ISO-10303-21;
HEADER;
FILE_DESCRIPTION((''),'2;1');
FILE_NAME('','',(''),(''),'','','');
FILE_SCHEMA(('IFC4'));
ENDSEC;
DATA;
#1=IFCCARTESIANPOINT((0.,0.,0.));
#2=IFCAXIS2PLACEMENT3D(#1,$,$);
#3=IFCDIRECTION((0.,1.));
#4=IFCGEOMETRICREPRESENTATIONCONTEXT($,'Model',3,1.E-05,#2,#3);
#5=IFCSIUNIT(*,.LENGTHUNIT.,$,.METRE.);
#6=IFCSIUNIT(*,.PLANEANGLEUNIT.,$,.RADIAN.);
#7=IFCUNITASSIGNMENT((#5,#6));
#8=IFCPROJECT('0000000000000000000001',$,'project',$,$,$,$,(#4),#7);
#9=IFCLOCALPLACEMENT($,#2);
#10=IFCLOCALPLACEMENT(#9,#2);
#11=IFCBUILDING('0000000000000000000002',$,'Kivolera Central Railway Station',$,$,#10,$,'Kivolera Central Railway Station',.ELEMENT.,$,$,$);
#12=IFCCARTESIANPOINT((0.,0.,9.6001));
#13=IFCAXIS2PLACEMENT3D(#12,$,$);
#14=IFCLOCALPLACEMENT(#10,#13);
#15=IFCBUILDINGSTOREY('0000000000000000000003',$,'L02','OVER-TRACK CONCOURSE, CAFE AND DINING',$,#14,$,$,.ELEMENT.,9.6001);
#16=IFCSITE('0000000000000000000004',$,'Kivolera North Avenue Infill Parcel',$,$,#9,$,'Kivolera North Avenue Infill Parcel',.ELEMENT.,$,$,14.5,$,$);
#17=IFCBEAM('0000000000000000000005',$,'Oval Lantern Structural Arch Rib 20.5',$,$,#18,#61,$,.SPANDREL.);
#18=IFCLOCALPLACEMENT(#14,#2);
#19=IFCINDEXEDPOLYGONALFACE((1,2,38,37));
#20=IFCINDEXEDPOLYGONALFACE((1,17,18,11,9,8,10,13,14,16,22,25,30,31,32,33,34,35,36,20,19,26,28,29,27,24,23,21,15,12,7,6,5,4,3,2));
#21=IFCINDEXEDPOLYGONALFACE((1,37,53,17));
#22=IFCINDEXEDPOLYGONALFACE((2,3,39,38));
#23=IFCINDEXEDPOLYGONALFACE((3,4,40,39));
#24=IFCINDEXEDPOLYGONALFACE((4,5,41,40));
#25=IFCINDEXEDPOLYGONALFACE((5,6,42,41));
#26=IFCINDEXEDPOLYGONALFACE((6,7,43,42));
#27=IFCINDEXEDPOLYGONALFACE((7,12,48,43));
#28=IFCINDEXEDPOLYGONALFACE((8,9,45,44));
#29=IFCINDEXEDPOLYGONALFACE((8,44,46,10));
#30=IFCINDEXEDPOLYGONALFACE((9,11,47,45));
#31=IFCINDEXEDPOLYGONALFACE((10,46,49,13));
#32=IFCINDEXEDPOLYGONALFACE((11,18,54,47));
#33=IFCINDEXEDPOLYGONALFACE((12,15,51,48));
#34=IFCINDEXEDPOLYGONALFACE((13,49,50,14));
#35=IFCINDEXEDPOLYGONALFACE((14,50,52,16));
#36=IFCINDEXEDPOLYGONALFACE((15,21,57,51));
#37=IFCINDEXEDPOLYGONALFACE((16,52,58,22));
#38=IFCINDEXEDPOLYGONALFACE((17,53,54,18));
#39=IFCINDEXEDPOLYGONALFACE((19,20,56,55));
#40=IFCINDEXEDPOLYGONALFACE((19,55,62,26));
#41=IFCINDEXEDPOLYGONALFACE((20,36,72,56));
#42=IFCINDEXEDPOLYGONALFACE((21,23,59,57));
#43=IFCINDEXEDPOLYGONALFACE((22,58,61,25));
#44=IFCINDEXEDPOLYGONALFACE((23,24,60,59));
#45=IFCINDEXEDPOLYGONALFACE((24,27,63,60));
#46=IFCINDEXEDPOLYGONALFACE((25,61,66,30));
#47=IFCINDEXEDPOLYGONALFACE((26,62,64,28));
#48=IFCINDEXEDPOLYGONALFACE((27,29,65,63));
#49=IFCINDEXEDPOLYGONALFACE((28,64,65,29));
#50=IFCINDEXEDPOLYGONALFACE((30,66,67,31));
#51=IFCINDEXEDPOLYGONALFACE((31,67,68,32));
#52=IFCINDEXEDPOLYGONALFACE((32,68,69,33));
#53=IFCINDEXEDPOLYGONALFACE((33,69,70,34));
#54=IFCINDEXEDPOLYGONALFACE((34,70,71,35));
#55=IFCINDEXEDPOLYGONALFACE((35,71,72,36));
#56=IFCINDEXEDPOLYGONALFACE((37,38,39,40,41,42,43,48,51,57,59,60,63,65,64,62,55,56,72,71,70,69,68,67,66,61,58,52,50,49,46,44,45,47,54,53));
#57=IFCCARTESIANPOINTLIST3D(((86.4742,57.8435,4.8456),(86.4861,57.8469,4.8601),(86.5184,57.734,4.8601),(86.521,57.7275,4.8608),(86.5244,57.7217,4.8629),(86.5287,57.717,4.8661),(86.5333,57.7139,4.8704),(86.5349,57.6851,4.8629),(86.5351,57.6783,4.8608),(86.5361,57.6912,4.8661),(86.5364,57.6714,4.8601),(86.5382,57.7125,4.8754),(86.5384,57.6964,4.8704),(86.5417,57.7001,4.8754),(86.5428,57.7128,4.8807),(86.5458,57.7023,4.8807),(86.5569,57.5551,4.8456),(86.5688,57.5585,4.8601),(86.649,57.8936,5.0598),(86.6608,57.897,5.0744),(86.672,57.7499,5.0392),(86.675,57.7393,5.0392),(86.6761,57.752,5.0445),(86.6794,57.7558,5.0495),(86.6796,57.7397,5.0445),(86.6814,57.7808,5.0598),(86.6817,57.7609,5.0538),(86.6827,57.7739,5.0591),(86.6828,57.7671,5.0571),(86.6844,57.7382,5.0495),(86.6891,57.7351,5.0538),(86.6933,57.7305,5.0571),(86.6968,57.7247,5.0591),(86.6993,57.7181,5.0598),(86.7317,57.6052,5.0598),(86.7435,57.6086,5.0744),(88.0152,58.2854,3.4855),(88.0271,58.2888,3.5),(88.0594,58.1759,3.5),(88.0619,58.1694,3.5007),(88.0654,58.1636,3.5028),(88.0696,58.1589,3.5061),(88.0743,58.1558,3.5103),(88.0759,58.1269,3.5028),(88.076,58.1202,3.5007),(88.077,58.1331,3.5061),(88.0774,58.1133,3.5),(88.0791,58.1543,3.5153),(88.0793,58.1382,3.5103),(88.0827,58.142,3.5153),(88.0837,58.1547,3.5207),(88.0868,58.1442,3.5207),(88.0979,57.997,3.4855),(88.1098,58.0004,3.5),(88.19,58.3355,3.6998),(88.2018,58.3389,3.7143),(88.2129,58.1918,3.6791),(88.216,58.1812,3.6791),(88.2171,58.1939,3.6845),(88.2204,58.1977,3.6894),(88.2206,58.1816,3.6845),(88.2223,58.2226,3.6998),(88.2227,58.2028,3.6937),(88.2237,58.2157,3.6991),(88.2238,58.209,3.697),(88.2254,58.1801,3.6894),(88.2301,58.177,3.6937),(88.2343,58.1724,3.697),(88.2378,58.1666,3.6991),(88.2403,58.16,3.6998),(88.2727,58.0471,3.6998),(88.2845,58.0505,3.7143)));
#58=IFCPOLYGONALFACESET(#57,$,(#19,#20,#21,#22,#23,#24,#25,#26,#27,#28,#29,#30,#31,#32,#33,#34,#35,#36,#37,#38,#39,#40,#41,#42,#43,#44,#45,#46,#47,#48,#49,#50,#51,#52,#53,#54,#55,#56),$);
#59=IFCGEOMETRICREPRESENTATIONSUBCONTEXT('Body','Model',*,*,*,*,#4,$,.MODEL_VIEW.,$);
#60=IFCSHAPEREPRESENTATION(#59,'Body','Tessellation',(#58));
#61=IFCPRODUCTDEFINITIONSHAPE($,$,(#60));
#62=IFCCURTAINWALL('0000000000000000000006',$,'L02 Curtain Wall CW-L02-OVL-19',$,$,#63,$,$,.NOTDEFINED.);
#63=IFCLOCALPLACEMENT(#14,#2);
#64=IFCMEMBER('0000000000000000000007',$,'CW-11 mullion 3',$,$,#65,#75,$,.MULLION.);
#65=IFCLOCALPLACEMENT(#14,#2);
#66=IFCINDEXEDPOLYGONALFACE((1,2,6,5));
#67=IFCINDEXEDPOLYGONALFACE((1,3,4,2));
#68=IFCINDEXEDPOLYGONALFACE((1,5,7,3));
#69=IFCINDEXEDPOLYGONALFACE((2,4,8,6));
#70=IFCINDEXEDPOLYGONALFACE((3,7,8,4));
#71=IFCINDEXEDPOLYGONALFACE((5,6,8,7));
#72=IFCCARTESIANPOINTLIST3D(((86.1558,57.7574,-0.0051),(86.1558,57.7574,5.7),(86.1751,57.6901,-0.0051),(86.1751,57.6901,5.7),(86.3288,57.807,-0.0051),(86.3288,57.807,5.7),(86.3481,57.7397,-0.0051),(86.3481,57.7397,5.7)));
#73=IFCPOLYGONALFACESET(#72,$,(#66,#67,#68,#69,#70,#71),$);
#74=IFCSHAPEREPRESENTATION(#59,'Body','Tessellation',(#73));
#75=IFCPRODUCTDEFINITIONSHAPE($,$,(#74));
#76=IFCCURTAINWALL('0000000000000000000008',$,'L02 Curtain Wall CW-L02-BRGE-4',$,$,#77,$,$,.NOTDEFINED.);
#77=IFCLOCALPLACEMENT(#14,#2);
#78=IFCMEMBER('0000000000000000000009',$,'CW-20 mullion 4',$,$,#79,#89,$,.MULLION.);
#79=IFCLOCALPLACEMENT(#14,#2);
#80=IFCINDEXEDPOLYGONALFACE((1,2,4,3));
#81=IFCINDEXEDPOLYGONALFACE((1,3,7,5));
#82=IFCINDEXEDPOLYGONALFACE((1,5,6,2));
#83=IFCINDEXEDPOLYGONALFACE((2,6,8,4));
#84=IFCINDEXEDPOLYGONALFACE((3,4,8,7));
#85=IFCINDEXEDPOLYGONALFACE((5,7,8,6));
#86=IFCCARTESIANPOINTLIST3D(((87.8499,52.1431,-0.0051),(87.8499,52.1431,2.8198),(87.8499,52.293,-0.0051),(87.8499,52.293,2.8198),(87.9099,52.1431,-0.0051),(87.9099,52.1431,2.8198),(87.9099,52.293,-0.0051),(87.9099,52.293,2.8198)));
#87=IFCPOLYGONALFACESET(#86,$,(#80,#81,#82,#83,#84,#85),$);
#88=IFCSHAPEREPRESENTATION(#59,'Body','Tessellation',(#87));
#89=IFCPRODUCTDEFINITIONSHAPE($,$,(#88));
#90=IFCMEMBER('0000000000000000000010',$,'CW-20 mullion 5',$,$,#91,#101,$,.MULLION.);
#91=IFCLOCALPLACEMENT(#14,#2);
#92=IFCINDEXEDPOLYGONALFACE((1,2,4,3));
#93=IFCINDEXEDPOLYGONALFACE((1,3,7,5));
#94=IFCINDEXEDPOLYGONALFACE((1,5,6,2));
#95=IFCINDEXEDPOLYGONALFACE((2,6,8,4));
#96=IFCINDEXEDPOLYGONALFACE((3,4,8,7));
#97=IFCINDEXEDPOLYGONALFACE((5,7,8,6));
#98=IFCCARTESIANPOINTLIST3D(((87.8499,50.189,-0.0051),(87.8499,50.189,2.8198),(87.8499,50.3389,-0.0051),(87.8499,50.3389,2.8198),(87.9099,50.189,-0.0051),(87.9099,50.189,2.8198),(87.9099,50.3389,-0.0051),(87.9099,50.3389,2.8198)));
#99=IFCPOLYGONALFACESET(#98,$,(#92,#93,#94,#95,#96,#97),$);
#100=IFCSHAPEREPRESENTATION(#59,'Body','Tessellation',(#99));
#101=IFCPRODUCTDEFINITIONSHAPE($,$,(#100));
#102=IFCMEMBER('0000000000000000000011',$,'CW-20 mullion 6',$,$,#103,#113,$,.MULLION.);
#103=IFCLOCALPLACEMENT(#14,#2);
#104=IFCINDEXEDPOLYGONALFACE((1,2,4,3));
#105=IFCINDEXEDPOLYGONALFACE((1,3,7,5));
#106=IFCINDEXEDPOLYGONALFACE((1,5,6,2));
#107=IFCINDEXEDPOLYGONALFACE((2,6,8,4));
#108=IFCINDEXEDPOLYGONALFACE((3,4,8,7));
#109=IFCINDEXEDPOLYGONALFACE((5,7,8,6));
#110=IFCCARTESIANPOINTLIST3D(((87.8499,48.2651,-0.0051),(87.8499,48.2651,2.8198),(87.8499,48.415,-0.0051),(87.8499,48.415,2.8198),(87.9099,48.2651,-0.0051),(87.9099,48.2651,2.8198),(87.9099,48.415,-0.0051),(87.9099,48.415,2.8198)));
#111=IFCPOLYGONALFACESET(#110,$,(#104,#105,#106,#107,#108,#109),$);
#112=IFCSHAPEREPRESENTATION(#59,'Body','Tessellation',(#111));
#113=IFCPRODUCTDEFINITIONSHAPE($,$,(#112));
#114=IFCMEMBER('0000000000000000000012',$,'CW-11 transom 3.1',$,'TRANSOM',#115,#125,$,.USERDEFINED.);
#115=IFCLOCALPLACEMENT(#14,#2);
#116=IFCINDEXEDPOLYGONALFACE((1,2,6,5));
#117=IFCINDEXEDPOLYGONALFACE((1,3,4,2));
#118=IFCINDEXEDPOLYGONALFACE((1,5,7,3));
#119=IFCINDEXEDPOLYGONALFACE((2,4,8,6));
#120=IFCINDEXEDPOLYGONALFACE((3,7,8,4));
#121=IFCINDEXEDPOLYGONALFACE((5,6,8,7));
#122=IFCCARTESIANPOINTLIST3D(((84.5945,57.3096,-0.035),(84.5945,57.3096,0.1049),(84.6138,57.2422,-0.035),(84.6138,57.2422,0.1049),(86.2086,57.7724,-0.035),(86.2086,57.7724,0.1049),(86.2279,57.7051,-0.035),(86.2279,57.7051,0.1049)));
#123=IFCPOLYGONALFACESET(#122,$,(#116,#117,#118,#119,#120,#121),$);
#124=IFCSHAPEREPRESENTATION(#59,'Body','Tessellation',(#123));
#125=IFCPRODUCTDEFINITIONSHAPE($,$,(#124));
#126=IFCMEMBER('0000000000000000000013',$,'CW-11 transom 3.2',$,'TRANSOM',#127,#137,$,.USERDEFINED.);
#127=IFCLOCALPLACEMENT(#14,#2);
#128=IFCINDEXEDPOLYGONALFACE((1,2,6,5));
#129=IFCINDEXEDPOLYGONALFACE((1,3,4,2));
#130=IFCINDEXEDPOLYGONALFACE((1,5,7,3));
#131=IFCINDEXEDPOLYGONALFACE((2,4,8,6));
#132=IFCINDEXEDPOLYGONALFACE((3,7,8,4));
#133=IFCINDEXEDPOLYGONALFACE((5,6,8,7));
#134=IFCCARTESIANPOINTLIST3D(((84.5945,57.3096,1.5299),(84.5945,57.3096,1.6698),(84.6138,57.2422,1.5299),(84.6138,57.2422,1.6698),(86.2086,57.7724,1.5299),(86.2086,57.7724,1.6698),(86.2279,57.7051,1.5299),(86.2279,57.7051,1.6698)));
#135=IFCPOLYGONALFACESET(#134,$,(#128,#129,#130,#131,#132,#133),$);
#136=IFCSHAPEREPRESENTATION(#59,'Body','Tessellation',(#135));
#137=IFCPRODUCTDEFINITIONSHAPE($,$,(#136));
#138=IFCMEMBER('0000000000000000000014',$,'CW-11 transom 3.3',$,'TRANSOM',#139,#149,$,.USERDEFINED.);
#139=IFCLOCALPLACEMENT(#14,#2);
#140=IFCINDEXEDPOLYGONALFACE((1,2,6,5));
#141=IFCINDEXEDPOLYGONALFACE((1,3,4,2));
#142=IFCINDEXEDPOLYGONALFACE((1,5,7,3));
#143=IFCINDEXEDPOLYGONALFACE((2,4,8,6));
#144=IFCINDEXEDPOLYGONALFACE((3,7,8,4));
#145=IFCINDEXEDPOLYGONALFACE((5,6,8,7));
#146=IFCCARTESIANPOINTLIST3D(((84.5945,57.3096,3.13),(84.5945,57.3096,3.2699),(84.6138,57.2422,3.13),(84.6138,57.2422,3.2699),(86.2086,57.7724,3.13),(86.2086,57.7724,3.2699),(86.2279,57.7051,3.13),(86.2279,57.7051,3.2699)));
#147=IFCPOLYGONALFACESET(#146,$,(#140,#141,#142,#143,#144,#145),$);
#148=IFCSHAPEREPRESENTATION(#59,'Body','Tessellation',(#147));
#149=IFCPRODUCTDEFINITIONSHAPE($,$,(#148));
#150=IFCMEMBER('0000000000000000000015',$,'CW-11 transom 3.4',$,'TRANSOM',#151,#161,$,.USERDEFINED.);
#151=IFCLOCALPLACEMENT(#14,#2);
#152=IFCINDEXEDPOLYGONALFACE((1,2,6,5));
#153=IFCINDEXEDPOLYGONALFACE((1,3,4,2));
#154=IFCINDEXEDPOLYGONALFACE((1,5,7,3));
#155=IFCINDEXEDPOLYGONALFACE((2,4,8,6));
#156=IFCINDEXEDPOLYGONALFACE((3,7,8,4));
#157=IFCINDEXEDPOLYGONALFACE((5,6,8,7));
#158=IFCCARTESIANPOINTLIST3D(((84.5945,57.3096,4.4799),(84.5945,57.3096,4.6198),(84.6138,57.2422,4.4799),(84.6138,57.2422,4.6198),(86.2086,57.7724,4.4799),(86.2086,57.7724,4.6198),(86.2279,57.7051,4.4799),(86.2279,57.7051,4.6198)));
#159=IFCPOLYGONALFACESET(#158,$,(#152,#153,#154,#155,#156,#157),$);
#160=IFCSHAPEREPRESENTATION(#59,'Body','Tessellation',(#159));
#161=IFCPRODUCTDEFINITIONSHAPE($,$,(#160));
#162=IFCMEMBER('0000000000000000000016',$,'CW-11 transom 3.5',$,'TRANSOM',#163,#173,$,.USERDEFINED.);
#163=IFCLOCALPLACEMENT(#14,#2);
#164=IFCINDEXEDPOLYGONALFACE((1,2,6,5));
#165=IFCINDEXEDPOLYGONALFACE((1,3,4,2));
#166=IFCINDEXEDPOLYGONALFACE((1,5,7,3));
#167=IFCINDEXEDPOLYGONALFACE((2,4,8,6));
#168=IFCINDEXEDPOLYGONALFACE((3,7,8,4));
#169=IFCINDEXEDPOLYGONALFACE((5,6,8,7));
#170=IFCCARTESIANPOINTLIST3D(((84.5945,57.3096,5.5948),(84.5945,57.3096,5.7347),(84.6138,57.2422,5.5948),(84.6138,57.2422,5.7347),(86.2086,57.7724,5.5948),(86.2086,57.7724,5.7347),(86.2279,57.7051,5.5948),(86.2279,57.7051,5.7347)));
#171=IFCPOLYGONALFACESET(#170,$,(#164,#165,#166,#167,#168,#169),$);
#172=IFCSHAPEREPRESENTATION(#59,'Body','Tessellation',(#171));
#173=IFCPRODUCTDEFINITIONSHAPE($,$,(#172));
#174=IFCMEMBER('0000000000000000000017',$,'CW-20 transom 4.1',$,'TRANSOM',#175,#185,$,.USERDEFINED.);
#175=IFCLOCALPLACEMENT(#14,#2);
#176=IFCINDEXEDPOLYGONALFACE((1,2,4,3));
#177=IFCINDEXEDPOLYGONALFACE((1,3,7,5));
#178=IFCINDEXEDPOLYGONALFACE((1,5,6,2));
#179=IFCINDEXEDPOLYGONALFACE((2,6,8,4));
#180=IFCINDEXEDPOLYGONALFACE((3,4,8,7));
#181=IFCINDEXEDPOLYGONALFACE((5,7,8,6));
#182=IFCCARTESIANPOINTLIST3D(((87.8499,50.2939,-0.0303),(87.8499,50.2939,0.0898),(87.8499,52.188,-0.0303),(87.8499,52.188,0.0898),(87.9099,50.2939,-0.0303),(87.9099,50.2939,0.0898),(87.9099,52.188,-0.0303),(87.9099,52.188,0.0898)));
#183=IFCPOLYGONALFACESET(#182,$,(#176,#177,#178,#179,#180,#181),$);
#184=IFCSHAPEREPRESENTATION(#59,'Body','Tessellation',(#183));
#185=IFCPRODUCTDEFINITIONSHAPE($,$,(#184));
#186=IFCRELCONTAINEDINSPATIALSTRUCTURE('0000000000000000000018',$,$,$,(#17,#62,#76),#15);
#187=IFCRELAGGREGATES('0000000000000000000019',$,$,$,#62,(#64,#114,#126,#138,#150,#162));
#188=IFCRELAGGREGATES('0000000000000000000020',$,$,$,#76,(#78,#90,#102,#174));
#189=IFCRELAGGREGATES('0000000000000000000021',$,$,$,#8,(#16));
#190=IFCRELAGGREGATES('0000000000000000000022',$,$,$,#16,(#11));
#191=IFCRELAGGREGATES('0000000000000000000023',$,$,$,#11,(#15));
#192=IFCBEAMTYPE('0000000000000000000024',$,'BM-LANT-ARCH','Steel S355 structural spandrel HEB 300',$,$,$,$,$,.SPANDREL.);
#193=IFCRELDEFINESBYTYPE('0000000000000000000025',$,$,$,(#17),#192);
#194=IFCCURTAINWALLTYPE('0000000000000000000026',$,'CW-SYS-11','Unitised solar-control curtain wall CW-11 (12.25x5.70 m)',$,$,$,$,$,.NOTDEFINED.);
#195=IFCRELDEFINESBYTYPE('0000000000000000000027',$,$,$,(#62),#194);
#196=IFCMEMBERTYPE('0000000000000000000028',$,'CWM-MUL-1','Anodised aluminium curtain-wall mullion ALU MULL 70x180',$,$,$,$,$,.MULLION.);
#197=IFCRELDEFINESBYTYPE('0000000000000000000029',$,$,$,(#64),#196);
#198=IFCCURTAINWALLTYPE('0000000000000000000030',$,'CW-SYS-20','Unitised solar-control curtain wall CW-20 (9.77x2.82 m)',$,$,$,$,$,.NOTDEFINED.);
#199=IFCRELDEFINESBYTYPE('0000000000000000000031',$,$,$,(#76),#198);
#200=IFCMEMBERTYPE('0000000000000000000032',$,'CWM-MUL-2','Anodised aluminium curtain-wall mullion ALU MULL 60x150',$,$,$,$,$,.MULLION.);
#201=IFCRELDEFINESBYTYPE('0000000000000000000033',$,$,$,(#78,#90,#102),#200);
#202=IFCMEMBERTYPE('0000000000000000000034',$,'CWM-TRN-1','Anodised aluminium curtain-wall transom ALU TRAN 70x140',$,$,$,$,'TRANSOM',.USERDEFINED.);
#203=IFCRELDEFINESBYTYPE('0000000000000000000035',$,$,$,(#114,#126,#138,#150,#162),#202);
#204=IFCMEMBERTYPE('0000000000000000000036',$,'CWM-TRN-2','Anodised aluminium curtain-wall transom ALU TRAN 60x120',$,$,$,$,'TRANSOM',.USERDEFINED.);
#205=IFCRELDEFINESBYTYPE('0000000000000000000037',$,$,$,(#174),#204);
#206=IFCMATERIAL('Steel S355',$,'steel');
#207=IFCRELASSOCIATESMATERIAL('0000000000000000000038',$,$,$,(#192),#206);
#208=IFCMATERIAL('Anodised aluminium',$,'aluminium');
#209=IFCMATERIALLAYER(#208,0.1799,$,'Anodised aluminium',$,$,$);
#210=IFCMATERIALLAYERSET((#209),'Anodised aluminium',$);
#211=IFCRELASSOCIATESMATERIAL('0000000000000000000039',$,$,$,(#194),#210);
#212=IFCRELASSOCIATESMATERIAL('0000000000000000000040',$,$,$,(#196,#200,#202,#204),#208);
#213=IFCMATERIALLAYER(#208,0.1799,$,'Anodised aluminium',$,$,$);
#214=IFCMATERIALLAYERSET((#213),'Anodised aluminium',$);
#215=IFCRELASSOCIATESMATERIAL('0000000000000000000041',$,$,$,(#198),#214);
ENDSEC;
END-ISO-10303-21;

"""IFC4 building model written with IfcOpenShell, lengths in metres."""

from ifc_helpers import new_model, si_unit, direction, frame, origin, origin_2d, place, context, subcontext, project, spatial, rectangle, i_section, extrude, material, layer, layer_set, material_profile, profile_set, type_object, element, aggregate, save


model = new_model("IFC4")

# Units and contexts
model_context = context("Model", 3, precision=1e-05, world=origin(), true_north=direction((0.0, 1.0)))
body_context = subcontext(model_context, "Body", "Model", "MODEL_VIEW")
ifc_project = project(units=[si_unit("LENGTHUNIT", "METRE"), si_unit("PLANEANGLEUNIT", "RADIAN")], contexts=[model_context])

# Site, building, storey
site_placement = place(None, origin())
site = spatial("IfcSite", under=ifc_project, at=site_placement, Name="Kivolera North Avenue Infill Parcel", LongName="Kivolera North Avenue Infill Parcel", CompositionType="ELEMENT", RefElevation=14.5)
building_placement = place(site_placement, origin())
building = spatial("IfcBuilding", under=site, at=building_placement, Name="Kivolera Central Railway Station", LongName="Kivolera Central Railway Station", CompositionType="ELEMENT")
storey_placement = place(building_placement, frame((0.0, 0.0, 9.6001)))
storey = spatial("IfcBuildingStorey", under=building, at=storey_placement, Name="L02", Description="OVER-TRACK CONCOURSE, CAFE AND DINING", CompositionType="ELEMENT", Elevation=9.6001)

# Beam
ifc_material_1 = material(Name="Steel S355", Category="steel")
ifc_material_profile_1 = material_profile(ifc_material_1, i_section(OverallWidth=0.3, OverallDepth=0.3, WebThickness=0.011, FlangeThickness=0.019, FilletRadius=0.0271, at=origin_2d()), Name="HEB 300")
ifc_profile_set_1 = profile_set([ifc_material_profile_1], Name="Steel S355")
beam_type = type_object("IfcBeamType", Name="BM-LANT-ARCH", Description="Steel S355 structural spandrel HEB 300", PredefinedType="SPANDREL", material=ifc_profile_set_1)
beam_placement = place(storey_placement, frame((86.6089, 57.7261, 4.96), z_axis=(0.732995, 0.21019, -0.646945), x_axis=(-0.275646, 0.961259, 0.0)))
element("IfcBeam", 1, at=beam_placement, inside=storey, type_object=beam_type, Name="Oval Lantern Structural Arch Rib 20.5", PredefinedType="SPANDREL", context=body_context, shape_type="SweptSolid", body=[
    extrude(i_section(OverallWidth=0.3, OverallDepth=0.3, WebThickness=0.011, FlangeThickness=0.019, FilletRadius=0.0271, at=origin_2d()), origin(), (0.0, 0.0, 1.0), 2.1023),
])

# Curtain wall, member
ifc_material_2 = material(Name="Anodised aluminium", Category="aluminium")
ifc_layer_1 = layer(ifc_material_2, 0.1799, Name="Anodised aluminium")
ifc_layer_set_1 = layer_set([ifc_layer_1], Name="Anodised aluminium")
curtain_wall_type_1 = type_object("IfcCurtainWallType", Name="CW-SYS-11", Description="Unitised solar-control curtain wall CW-11 (12.25x5.70 m)", PredefinedType="NOTDEFINED", material=ifc_layer_set_1)
curtain_wall_1_placement = place(storey_placement, origin())
curtain_wall_1 = element("IfcCurtainWall", 2, at=curtain_wall_1_placement, inside=storey, type_object=curtain_wall_type_1, Name="L02 Curtain Wall CW-L02-OVL-19", PredefinedType="NOTDEFINED")
ifc_material_profile_2 = material_profile(ifc_material_2, rectangle(XDim=0.0701, YDim=0.1799, at=origin_2d()), Name="ALU MULL 70x180")
ifc_profile_set_2 = profile_set([ifc_material_profile_2], Name="Anodised aluminium")
member_type_1 = type_object("IfcMemberType", Name="CWM-MUL-1", Description="Anodised aluminium curtain-wall mullion ALU MULL 70x180", PredefinedType="MULLION", material=ifc_profile_set_2)
member_1_placement = place(storey_placement, frame((86.252, 57.7485, -0.0051), z_axis=(0.0, 0.0, 1.0), x_axis=(0.275692, -0.961246, 0.0)))
member_1 = element("IfcMember", 3, at=member_1_placement, type_object=member_type_1, Name="CW-11 mullion 3", PredefinedType="MULLION", context=body_context, shape_type="SweptSolid", body=[
    extrude(rectangle(XDim=0.0701, YDim=0.1799, at=origin_2d()), origin(), (0.0, 0.0, 1.0), 5.7051),
])

# Curtain wall, members
ifc_layer_2 = layer(ifc_material_2, 0.1799, Name="Anodised aluminium")
ifc_layer_set_2 = layer_set([ifc_layer_2], Name="Anodised aluminium")
curtain_wall_type_2 = type_object("IfcCurtainWallType", Name="CW-SYS-20", Description="Unitised solar-control curtain wall CW-20 (9.77x2.82 m)", PredefinedType="NOTDEFINED", material=ifc_layer_set_2)
curtain_wall_2_placement = place(storey_placement, origin())
curtain_wall_2 = element("IfcCurtainWall", 4, at=curtain_wall_2_placement, inside=storey, type_object=curtain_wall_type_2, Name="L02 Curtain Wall CW-L02-BRGE-4", PredefinedType="NOTDEFINED")
ifc_material_profile_3 = material_profile(ifc_material_2, rectangle(XDim=0.0601, YDim=0.1499, at=origin_2d()), Name="ALU MULL 60x150")
ifc_profile_set_3 = profile_set([ifc_material_profile_3], Name="Anodised aluminium")
member_type_2 = type_object("IfcMemberType", Name="CWM-MUL-2", Description="Anodised aluminium curtain-wall mullion ALU MULL 60x150", PredefinedType="MULLION", material=ifc_profile_set_3)
member_2_placement = place(storey_placement, frame((87.8799, 52.218, -0.0051), z_axis=(0.0, 0.0, 1.0), x_axis=(1.0, 0.0, 0.0)))
member_2 = element("IfcMember", 5, at=member_2_placement, type_object=member_type_2, Name="CW-20 mullion 4", PredefinedType="MULLION", context=body_context, shape_type="SweptSolid", body=[
    extrude(rectangle(XDim=0.0601, YDim=0.1499, at=origin_2d()), origin(), (0.0, 0.0, 1.0), 2.825),
])
member_3_placement = place(storey_placement, frame((87.8799, 50.2639, -0.0051), z_axis=(0.0, 0.0, 1.0), x_axis=(1.0, 0.0, 0.0)))
member_3 = element("IfcMember", 6, at=member_3_placement, type_object=member_type_2, Name="CW-20 mullion 5", PredefinedType="MULLION", context=body_context, shape_type="SweptSolid", body=[
    extrude(rectangle(XDim=0.0601, YDim=0.1499, at=origin_2d()), origin(), (0.0, 0.0, 1.0), 2.825),
])
member_4_placement = place(storey_placement, frame((87.8799, 48.3401, -0.0051), z_axis=(0.0, 0.0, 1.0), x_axis=(1.0, 0.0, 0.0)))
member_4 = element("IfcMember", 7, at=member_4_placement, type_object=member_type_2, Name="CW-20 mullion 6", PredefinedType="MULLION", context=body_context, shape_type="SweptSolid", body=[
    extrude(rectangle(XDim=0.0601, YDim=0.1499, at=origin_2d()), origin(), (0.0, 0.0, 1.0), 2.825),
])

# Members
ifc_material_profile_4 = material_profile(ifc_material_2, rectangle(XDim=0.0701, YDim=0.1399, at=origin_2d()), Name="ALU TRAN 70x140")
ifc_profile_set_4 = profile_set([ifc_material_profile_4], Name="Anodised aluminium")
member_type_3 = type_object("IfcMemberType", Name="CWM-TRN-1", Description="Anodised aluminium curtain-wall transom ALU TRAN 70x140", ElementType="TRANSOM", PredefinedType="USERDEFINED", material=ifc_profile_set_4)
member_5_placement = place(storey_placement, frame((86.2183, 57.7388, 0.0349), z_axis=(-0.96126, -0.275643, 0.0), x_axis=(0.275643, -0.96126, 0.0)))
member_5 = element("IfcMember", 8, at=member_5_placement, type_object=member_type_3, Name="CW-11 transom 3.1", ObjectType="TRANSOM", PredefinedType="USERDEFINED", context=body_context, shape_type="SweptSolid", body=[
    extrude(rectangle(XDim=0.0701, YDim=0.1399, at=origin_2d()), origin(), (0.0, 0.0, 1.0), 1.6792),
])
member_6_placement = place(storey_placement, frame((86.2183, 57.7388, 1.5999), z_axis=(-0.96126, -0.275643, 0.0), x_axis=(0.275643, -0.96126, 0.0)))
member_6 = element("IfcMember", 9, at=member_6_placement, type_object=member_type_3, Name="CW-11 transom 3.2", ObjectType="TRANSOM", PredefinedType="USERDEFINED", context=body_context, shape_type="SweptSolid", body=[
    extrude(rectangle(XDim=0.0701, YDim=0.1399, at=origin_2d()), origin(), (0.0, 0.0, 1.0), 1.6792),
])
member_7_placement = place(storey_placement, frame((86.2183, 57.7388, 3.2), z_axis=(-0.96126, -0.275643, 0.0), x_axis=(0.275643, -0.96126, 0.0)))
member_7 = element("IfcMember", 10, at=member_7_placement, type_object=member_type_3, Name="CW-11 transom 3.3", ObjectType="TRANSOM", PredefinedType="USERDEFINED", context=body_context, shape_type="SweptSolid", body=[
    extrude(rectangle(XDim=0.0701, YDim=0.1399, at=origin_2d()), origin(), (0.0, 0.0, 1.0), 1.6792),
])
member_8_placement = place(storey_placement, frame((86.2183, 57.7388, 4.5498), z_axis=(-0.96126, -0.275643, 0.0), x_axis=(0.275643, -0.96126, 0.0)))
member_8 = element("IfcMember", 11, at=member_8_placement, type_object=member_type_3, Name="CW-11 transom 3.4", ObjectType="TRANSOM", PredefinedType="USERDEFINED", context=body_context, shape_type="SweptSolid", body=[
    extrude(rectangle(XDim=0.0701, YDim=0.1399, at=origin_2d()), origin(), (0.0, 0.0, 1.0), 1.6792),
])
member_9_placement = place(storey_placement, frame((86.2183, 57.7388, 5.6648), z_axis=(-0.96126, -0.275643, 0.0), x_axis=(0.275643, -0.96126, 0.0)))
member_9 = element("IfcMember", 12, at=member_9_placement, type_object=member_type_3, Name="CW-11 transom 3.5", ObjectType="TRANSOM", PredefinedType="USERDEFINED", context=body_context, shape_type="SweptSolid", body=[
    extrude(rectangle(XDim=0.0701, YDim=0.1399, at=origin_2d()), origin(), (0.0, 0.0, 1.0), 1.6792),
])
ifc_material_profile_5 = material_profile(ifc_material_2, rectangle(XDim=0.0601, YDim=0.1201, at=origin_2d()), Name="ALU TRAN 60x120")
ifc_profile_set_5 = profile_set([ifc_material_profile_5], Name="Anodised aluminium")
member_type_4 = type_object("IfcMemberType", Name="CWM-TRN-2", Description="Anodised aluminium curtain-wall transom ALU TRAN 60x120", ElementType="TRANSOM", PredefinedType="USERDEFINED", material=ifc_profile_set_5)
member_10_placement = place(storey_placement, frame((87.8799, 52.188, 0.0298), z_axis=(0.0, -1.0, 0.0), x_axis=(1.0, 0.0, 0.0)))
member_10 = element("IfcMember", 13, at=member_10_placement, type_object=member_type_4, Name="CW-20 transom 4.1", ObjectType="TRANSOM", PredefinedType="USERDEFINED", context=body_context, shape_type="SweptSolid", body=[
    extrude(rectangle(XDim=0.0601, YDim=0.1201, at=origin_2d()), origin(), (0.0, 0.0, 1.0), 1.894),
])

aggregate(curtain_wall_1, [member_1, member_5, member_6, member_7, member_8, member_9])
aggregate(curtain_wall_2, [member_2, member_3, member_4, member_10])

save(model, "model.ifc")
